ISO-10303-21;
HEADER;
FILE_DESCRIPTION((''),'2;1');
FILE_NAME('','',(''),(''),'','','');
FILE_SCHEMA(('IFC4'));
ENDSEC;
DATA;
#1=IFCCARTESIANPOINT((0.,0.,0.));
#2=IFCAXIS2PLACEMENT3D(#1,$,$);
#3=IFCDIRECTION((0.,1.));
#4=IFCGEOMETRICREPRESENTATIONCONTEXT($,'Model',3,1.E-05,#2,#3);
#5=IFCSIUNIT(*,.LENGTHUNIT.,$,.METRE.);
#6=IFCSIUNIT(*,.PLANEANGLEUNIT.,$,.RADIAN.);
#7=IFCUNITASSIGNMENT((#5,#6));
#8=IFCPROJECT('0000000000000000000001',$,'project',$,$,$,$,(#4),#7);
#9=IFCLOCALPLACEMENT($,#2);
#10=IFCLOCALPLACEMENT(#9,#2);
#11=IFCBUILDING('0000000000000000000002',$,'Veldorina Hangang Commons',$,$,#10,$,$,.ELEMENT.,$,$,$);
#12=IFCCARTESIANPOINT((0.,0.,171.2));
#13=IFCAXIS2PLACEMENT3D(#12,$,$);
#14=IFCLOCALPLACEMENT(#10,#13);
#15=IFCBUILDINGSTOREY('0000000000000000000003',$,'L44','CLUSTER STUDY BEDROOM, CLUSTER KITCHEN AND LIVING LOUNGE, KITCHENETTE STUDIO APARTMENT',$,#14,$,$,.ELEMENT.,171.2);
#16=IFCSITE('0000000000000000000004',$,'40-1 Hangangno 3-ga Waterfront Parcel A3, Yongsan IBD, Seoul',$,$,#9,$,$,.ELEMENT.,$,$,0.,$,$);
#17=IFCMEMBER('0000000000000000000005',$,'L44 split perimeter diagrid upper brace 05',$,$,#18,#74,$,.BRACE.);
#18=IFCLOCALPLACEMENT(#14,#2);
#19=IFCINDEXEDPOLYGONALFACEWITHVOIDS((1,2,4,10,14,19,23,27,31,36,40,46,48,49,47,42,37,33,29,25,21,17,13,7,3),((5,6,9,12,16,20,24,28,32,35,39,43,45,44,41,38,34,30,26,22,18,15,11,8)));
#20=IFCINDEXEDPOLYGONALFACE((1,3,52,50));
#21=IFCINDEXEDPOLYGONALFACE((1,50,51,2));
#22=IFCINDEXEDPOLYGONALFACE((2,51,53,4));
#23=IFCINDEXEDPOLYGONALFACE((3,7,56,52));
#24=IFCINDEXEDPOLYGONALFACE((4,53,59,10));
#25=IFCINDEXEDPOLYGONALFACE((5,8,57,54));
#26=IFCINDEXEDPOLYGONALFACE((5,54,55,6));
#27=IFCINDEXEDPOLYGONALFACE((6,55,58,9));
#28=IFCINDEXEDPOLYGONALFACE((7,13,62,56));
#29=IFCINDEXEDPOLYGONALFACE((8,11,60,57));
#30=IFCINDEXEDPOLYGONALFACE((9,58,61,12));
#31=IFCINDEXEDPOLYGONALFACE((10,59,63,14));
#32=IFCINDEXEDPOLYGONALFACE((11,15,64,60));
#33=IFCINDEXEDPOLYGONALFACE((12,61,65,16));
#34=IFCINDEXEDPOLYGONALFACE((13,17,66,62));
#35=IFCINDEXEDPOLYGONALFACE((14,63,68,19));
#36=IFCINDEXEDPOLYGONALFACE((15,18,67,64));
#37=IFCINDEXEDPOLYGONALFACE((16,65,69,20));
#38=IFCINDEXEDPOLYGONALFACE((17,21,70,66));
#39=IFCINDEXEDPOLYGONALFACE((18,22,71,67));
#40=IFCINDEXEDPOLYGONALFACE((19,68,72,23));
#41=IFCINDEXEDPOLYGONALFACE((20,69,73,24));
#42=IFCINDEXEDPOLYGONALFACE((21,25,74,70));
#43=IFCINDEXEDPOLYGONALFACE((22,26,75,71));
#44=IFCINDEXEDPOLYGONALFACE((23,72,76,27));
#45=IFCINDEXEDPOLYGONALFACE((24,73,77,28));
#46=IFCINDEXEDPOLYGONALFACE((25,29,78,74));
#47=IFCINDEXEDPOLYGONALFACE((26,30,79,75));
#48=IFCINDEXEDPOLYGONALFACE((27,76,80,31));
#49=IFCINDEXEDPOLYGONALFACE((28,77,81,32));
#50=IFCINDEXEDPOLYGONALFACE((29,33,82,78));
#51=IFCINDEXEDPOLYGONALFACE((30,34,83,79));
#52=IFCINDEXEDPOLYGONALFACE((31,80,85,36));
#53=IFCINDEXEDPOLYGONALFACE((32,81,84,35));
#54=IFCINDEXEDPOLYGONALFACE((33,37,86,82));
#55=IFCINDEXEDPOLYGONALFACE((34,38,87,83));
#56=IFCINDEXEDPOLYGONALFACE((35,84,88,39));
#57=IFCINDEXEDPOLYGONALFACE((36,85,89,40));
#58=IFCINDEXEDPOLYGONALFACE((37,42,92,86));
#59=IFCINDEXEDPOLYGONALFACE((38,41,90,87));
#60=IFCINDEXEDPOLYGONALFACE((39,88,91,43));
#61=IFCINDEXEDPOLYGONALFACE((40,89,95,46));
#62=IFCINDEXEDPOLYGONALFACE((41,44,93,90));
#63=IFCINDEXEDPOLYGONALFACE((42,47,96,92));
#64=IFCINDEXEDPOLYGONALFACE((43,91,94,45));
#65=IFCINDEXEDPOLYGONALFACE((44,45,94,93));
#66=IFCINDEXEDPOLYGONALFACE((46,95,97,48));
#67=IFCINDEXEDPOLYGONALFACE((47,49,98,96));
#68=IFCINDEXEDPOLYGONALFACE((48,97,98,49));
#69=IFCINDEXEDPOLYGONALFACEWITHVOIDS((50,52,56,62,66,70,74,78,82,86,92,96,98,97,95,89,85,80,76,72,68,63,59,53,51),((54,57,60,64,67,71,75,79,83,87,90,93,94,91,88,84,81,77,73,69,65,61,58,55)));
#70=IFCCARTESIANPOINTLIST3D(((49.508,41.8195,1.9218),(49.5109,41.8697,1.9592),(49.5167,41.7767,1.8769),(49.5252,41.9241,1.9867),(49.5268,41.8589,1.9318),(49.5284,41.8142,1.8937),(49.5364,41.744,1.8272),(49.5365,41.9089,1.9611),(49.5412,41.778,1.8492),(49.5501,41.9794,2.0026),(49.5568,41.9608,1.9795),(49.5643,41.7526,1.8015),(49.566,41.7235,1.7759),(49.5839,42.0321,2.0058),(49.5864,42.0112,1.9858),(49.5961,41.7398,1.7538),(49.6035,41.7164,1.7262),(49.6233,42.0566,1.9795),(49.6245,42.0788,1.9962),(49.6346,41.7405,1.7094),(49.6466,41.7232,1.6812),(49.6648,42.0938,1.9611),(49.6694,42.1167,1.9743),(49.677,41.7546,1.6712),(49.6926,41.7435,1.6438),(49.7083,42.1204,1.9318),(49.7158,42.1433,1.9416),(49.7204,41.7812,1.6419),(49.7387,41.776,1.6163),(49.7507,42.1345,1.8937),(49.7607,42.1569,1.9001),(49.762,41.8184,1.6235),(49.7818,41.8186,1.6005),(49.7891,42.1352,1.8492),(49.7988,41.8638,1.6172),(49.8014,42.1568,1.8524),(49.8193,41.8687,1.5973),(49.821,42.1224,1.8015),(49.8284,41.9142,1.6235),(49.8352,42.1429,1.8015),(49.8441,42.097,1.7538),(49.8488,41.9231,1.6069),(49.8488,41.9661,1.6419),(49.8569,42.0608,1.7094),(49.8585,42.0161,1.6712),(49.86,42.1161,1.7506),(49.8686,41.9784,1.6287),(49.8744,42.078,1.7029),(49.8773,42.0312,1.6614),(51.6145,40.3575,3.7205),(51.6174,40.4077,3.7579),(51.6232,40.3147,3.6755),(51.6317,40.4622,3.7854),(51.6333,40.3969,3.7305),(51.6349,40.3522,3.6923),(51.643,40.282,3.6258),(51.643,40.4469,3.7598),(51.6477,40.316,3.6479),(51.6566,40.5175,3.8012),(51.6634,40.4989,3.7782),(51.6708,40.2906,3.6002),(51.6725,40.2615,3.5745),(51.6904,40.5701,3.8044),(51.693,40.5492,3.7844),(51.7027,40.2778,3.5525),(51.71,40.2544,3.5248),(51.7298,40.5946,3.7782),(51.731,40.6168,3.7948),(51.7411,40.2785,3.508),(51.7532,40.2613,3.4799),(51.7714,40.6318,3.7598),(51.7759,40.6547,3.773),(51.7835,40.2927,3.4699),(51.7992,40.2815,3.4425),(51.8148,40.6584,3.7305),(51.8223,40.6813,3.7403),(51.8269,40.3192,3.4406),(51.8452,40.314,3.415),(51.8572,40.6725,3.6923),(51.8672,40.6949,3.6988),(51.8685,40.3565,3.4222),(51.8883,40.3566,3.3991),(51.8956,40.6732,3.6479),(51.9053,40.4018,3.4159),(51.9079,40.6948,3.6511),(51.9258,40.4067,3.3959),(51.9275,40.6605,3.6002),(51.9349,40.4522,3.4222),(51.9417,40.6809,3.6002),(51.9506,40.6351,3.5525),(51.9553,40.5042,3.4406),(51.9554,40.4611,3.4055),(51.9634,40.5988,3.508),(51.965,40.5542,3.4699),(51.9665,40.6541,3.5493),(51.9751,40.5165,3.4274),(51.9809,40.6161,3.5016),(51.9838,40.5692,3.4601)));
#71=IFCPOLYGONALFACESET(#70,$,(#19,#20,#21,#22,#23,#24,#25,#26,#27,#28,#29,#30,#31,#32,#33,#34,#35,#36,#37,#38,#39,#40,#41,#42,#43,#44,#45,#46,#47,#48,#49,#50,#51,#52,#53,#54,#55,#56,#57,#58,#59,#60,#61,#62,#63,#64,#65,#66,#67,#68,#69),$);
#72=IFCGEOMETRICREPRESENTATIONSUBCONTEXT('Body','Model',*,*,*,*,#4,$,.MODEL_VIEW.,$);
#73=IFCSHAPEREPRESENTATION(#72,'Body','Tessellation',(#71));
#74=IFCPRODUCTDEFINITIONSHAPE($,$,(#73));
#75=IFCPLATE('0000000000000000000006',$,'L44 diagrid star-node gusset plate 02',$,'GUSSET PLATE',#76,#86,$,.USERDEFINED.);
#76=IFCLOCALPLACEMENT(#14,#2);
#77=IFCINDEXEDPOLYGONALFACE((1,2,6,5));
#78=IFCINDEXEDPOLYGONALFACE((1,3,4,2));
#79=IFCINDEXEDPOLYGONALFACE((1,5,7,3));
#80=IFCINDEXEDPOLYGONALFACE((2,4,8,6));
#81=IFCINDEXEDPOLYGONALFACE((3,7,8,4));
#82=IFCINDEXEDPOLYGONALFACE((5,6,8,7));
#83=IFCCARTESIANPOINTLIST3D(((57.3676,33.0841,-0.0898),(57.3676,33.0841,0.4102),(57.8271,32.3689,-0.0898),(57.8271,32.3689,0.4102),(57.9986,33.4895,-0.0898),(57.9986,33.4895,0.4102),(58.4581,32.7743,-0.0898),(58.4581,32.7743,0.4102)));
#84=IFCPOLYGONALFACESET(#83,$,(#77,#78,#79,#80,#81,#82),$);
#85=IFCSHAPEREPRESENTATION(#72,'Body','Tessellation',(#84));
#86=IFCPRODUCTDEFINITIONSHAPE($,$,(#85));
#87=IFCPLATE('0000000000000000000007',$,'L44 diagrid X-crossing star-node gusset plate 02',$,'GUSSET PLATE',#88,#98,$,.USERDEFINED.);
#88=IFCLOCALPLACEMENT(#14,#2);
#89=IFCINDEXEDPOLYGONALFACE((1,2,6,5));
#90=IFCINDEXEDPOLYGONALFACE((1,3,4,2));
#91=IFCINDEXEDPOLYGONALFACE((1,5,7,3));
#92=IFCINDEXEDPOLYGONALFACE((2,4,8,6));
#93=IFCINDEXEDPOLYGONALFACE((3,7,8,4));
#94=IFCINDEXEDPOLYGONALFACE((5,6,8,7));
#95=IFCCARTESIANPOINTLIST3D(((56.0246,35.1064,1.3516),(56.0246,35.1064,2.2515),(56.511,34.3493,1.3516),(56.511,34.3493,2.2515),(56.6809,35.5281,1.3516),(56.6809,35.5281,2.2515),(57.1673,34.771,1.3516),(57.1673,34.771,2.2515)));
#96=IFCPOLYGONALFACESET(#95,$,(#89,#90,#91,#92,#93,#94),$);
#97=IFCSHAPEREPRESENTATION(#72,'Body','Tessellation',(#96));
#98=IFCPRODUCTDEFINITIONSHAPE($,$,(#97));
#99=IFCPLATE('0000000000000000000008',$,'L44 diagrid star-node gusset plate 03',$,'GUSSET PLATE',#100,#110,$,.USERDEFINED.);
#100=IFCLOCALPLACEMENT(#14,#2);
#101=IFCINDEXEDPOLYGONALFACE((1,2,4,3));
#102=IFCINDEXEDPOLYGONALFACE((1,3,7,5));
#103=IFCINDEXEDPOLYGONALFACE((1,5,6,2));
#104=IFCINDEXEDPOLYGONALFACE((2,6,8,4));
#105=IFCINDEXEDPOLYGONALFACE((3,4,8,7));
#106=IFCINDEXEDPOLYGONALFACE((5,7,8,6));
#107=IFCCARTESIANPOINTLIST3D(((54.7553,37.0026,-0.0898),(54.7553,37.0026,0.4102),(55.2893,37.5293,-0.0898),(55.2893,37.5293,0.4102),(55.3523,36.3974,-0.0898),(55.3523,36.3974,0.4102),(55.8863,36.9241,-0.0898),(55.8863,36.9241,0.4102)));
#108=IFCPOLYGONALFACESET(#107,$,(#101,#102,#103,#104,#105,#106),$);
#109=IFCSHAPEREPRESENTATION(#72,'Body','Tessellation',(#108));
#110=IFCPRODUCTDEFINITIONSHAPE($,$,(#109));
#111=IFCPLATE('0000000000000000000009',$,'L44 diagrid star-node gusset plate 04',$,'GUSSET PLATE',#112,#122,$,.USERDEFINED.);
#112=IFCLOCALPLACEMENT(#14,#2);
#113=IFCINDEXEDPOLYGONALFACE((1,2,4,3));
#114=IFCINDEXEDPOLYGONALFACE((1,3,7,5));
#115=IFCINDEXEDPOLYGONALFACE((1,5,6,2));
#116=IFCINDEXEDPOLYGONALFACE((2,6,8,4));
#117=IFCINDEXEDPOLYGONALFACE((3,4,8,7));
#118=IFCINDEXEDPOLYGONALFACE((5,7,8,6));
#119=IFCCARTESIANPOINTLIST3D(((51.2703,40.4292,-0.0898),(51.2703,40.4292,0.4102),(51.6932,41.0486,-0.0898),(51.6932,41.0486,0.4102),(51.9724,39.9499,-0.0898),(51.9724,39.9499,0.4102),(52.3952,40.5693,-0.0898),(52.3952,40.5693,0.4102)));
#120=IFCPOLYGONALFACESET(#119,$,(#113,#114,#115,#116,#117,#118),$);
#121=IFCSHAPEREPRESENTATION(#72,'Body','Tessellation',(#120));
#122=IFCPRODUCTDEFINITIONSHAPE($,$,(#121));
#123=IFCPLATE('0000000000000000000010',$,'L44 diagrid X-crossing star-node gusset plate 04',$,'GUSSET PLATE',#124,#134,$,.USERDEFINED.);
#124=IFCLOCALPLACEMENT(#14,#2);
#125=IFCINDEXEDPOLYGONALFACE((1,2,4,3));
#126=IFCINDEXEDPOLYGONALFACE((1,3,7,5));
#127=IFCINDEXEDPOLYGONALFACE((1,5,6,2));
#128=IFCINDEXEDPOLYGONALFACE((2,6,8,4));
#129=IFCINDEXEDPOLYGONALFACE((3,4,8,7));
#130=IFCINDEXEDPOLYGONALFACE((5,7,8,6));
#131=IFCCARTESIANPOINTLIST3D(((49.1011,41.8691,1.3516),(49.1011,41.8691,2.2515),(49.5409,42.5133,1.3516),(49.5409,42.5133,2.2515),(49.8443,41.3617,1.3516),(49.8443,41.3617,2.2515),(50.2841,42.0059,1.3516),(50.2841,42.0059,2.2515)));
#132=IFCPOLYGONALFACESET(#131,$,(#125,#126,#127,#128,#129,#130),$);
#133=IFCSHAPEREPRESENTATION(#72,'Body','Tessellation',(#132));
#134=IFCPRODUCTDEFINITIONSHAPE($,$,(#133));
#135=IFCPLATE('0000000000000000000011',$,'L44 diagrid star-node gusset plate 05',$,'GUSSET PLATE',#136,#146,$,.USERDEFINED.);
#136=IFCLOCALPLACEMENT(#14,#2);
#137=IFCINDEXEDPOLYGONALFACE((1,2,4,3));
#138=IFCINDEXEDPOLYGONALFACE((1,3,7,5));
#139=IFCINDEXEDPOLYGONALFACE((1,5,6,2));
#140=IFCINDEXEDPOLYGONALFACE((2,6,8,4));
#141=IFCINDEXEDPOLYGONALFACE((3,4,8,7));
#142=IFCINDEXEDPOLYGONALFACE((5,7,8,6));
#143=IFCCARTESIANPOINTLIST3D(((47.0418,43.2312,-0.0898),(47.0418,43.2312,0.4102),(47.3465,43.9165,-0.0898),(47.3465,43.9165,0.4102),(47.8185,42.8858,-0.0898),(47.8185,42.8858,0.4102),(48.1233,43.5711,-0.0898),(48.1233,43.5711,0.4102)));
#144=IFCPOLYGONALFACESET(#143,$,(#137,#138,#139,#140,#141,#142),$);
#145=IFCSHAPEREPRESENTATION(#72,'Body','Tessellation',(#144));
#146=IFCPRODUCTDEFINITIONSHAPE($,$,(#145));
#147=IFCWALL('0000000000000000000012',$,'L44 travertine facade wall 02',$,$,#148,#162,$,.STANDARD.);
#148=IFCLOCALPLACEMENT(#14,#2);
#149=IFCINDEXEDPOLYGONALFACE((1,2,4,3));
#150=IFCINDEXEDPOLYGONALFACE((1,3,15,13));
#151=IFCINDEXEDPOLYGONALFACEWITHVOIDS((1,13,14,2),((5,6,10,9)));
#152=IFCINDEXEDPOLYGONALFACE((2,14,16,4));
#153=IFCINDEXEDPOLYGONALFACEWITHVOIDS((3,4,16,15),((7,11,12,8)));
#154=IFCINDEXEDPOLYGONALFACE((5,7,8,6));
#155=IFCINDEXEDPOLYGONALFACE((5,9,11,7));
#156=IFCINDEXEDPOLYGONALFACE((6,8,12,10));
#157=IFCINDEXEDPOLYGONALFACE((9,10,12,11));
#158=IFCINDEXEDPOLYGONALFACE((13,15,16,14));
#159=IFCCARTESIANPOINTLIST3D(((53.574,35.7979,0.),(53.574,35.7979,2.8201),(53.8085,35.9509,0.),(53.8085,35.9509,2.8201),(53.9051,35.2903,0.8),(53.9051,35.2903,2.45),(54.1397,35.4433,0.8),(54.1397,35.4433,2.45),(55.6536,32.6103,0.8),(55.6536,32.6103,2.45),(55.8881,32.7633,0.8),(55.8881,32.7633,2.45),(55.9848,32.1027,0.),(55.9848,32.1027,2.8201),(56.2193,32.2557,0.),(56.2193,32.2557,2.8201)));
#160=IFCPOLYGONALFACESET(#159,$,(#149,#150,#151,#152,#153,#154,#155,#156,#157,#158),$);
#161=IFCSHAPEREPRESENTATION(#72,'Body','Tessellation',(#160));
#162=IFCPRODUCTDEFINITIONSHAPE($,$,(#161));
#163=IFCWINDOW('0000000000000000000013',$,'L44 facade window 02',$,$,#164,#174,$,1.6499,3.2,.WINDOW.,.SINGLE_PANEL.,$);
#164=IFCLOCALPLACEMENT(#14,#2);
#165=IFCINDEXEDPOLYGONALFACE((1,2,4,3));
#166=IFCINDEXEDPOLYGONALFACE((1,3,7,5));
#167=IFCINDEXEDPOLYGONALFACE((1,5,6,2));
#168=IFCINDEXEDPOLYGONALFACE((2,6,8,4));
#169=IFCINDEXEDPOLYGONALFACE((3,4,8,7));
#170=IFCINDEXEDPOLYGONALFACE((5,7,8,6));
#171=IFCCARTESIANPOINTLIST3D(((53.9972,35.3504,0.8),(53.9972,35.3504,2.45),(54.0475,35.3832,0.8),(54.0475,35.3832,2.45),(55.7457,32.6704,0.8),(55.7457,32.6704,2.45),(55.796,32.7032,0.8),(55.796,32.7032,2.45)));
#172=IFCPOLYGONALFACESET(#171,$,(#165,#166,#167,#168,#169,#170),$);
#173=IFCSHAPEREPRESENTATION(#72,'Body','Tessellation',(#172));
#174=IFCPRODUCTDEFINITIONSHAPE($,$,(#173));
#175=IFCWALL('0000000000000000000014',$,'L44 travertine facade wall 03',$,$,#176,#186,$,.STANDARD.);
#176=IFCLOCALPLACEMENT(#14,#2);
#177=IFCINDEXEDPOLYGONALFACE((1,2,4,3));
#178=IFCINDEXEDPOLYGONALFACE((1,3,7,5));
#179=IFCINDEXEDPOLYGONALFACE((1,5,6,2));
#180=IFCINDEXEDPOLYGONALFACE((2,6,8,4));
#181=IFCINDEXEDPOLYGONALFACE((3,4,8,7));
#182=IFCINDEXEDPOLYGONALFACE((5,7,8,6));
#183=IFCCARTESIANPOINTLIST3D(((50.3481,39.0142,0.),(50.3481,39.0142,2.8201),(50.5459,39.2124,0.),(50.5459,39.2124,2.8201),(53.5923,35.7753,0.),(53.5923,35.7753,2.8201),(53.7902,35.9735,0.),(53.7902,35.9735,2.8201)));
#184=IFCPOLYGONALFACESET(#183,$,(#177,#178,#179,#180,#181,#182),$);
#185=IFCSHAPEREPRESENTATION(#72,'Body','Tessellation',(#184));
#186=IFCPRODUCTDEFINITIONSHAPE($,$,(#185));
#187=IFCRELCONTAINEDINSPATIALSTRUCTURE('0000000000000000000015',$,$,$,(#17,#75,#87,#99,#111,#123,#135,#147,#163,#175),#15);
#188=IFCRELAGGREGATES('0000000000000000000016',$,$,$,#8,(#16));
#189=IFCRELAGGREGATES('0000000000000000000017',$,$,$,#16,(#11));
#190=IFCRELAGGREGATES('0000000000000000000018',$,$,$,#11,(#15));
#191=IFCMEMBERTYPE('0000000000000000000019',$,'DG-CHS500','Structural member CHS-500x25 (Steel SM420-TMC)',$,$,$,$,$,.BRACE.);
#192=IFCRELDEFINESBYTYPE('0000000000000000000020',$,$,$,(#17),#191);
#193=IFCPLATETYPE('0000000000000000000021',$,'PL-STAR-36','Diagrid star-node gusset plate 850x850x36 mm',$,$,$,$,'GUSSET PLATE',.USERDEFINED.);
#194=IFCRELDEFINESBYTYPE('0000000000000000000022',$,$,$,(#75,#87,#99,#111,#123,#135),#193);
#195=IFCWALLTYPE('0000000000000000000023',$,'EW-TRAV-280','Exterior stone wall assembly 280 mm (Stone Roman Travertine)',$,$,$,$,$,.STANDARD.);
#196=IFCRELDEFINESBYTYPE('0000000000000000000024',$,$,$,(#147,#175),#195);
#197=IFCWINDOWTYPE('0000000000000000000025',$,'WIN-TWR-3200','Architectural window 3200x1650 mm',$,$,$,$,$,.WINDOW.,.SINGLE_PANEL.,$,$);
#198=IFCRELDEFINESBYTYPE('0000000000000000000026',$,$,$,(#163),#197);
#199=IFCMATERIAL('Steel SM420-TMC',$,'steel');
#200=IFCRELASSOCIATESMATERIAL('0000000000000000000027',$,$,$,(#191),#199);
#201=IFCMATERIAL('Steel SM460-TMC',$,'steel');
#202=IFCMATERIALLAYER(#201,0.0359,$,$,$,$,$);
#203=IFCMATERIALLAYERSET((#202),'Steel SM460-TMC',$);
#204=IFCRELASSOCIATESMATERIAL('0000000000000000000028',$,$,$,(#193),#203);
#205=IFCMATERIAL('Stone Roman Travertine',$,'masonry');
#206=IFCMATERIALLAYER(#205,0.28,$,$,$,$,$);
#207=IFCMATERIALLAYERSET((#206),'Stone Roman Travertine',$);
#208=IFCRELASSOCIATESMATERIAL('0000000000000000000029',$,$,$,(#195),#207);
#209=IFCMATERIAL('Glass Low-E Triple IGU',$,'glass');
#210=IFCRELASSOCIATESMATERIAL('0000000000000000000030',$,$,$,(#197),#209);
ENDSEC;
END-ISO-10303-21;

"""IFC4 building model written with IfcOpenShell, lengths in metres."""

from ifc_helpers import new_model, si_unit, direction, frame, frame_2d, origin, origin_2d, place, context, subcontext, project, spatial, rectangle, hollow_circle, extrude, material, layer, layer_set, material_profile, profile_set, type_object, element, fill, save


model = new_model("IFC4")

# Units and contexts
model_context = context("Model", 3, precision=1e-05, world=origin(), true_north=direction((0.0, 1.0)))
body_context = subcontext(model_context, "Body", "Model", "MODEL_VIEW")
ifc_project = project(units=[si_unit("LENGTHUNIT", "METRE"), si_unit("PLANEANGLEUNIT", "RADIAN")], contexts=[model_context])

# Site, building, storey
site_placement = place(None, origin())
site = spatial("IfcSite", under=ifc_project, at=site_placement, Name="40-1 Hangangno 3-ga Waterfront Parcel A3, Yongsan IBD, Seoul", CompositionType="ELEMENT", RefElevation=0.0)
building_placement = place(site_placement, origin())
building = spatial("IfcBuilding", under=site, at=building_placement, Name="Veldorina Hangang Commons", CompositionType="ELEMENT")
storey_placement = place(building_placement, frame((0.0, 0.0, 171.2)))
storey = spatial("IfcBuildingStorey", under=building, at=storey_placement, Name="L44", Description="CLUSTER STUDY BEDROOM, CLUSTER KITCHEN AND LIVING LOUNGE, KITCHENETTE STUDIO APARTMENT", CompositionType="ELEMENT", Elevation=171.2)

# Shared definitions
ifc_material_1 = material(Name="Steel SM420-TMC", Category="steel")

# Member
ifc_material_profile_1 = material_profile(ifc_material_1, hollow_circle(Radius=0.25, WallThickness=0.0249, at=origin_2d()), Name="CHS-500x25")
ifc_profile_set_1 = profile_set([ifc_material_profile_1], Name="Steel SM420-TMC")
member_type = type_object("IfcMemberType", Name="DG-CHS500", Description="Structural member CHS-500x25 (Steel SM420-TMC)", PredefinedType="BRACE", material=ifc_profile_set_1)
member_1_placement = place(storey_placement, frame((49.6926, 41.9375, 1.8015), z_axis=(0.672563, -0.466772, 0.574267), x_axis=(0.57016, 0.821534, 0.0)))
element("IfcMember", 1, at=member_1_placement, inside=storey, type_object=member_type, Name="L44 split perimeter diagrid upper brace 05", PredefinedType="BRACE", context=body_context, shape_type="SweptSolid", body=[
    extrude(hollow_circle(Radius=0.25, WallThickness=0.0249, at=origin_2d()), origin(), (0.0, 0.0, 1.0), 3.1321),
])

# Plates
ifc_material_2 = material(Name="Steel SM460-TMC", Category="steel")
ifc_layer_1 = layer(ifc_material_2, 0.0359)
ifc_layer_set_1 = layer_set([ifc_layer_1], Name="Steel SM460-TMC")
plate_type = type_object("IfcPlateType", Name="PL-STAR-36", Description="Diagrid star-node gusset plate 850x850x36 mm", ElementType="GUSSET PLATE", PredefinedType="USERDEFINED", material=ifc_layer_set_1)
plate_1_placement = place(storey_placement, frame((57.9128, 32.9292, -0.0898), z_axis=(0.0, 0.0, 1.0), x_axis=(-0.540549, 0.841313, 0.0)))
element("IfcPlate", 2, at=plate_1_placement, inside=storey, type_object=plate_type, Name="L44 diagrid star-node gusset plate 02", ObjectType="GUSSET PLATE", PredefinedType="USERDEFINED", context=body_context, shape_type="SweptSolid", body=[
    extrude(rectangle(XDim=0.8501, YDim=0.75, at=origin_2d()), origin(), (0.0, 0.0, 1.0), 0.5),
])
plate_2_placement = place(storey_placement, frame((56.5959, 34.9387, 1.3516), z_axis=(0.0, 0.0, 1.0), x_axis=(-0.540549, 0.841313, 0.0)))
element("IfcPlate", 3, at=plate_2_placement, inside=storey, type_object=plate_type, Name="L44 diagrid X-crossing star-node gusset plate 02", ObjectType="GUSSET PLATE", PredefinedType="USERDEFINED", context=body_context, shape_type="SweptSolid", body=[
    extrude(rectangle(XDim=0.8999, YDim=0.78, at=origin_2d()), origin(), (0.0, 0.0, 1.0), 0.8999),
])
for number, where, z_axis, x_axis, name in (
    (4, (55.3208, 36.9634, -0.0898), (0.0, 0.0, 1.0), (-0.702277, 0.711903, 0.0), "L44 diagrid star-node gusset plate 03"),
    (5, (51.8328, 40.4993, -0.0898), (0.0, 0.0, 1.0), (-0.825882, 0.563843, 0.0), "L44 diagrid star-node gusset plate 04"),
):
    element("IfcPlate", number, at=place(storey_placement, frame(where, z_axis=z_axis, x_axis=x_axis)), inside=storey, type_object=plate_type, Name=name, ObjectType="GUSSET PLATE", PredefinedType="USERDEFINED", context=body_context, shape_type="SweptSolid", body=[
        extrude(rectangle(XDim=0.8501, YDim=0.75, at=origin_2d()), origin(), (0.0, 0.0, 1.0), 0.5),
    ])
plate_3_placement = place(storey_placement, frame((49.6926, 41.9375, 1.3516), z_axis=(0.0, 0.0, 1.0), x_axis=(-0.825882, 0.563843, 0.0)))
element("IfcPlate", 6, at=plate_3_placement, inside=storey, type_object=plate_type, Name="L44 diagrid X-crossing star-node gusset plate 04", ObjectType="GUSSET PLATE", PredefinedType="USERDEFINED", context=body_context, shape_type="SweptSolid", body=[
    extrude(rectangle(XDim=0.8999, YDim=0.78, at=origin_2d()), origin(), (0.0, 0.0, 1.0), 0.8999),
])
plate_4_placement = place(storey_placement, frame((47.5825, 43.4011, -0.0898), z_axis=(0.0, 0.0, 1.0), x_axis=(-0.913737, 0.406306, 0.0)))
element("IfcPlate", 7, at=plate_4_placement, inside=storey, type_object=plate_type, Name="L44 diagrid star-node gusset plate 05", ObjectType="GUSSET PLATE", PredefinedType="USERDEFINED", context=body_context, shape_type="SweptSolid", body=[
    extrude(rectangle(XDim=0.8501, YDim=0.75, at=origin_2d()), origin(), (0.0, 0.0, 1.0), 0.5),
])

# Wall, opening, window
ifc_material_3 = material(Name="Stone Roman Travertine", Category="masonry")
ifc_layer_2 = layer(ifc_material_3, 0.28)
ifc_layer_set_2 = layer_set([ifc_layer_2], Name="Stone Roman Travertine")
wall_type_1 = type_object("IfcWallType", Name="EW-TRAV-280", Description="Exterior stone wall assembly 280 mm (Stone Roman Travertine)", PredefinedType="STANDARD", material=ifc_layer_set_2)
wall_1_placement = place(storey_placement, frame((56.1021, 32.1792, 0.0), z_axis=(0.0, 0.0, 1.0), x_axis=(-0.546411, 0.837517, 0.0)))
wall_1 = element("IfcWall", 8, at=wall_1_placement, inside=storey, type_object=wall_type_1, Name="L44 travertine facade wall 02", PredefinedType="STANDARD", context=body_context, shape_type="SweptSolid", body=[
    extrude(rectangle(XDim=4.4121, YDim=0.28, at=frame_2d((2.2061, 0.0))), origin(), (0.0, 0.0, 1.0), 2.8201),
])
opening_1_placement = place(wall_1_placement, frame((0.606, 0.0, 0.8)))
opening_1 = element("IfcOpeningElement", 9, at=opening_1_placement, cuts=wall_1, PredefinedType="OPENING", context=body_context, shape_type="SweptSolid", body=[
    extrude(rectangle(XDim=3.2, YDim=1.6499, at=frame_2d((1.6001, 0.825))), frame((0.0, 0.1499, 0.0), z_axis=(0.0, -1.0, 0.0), x_axis=(1.0, 0.0, 0.0)), (0.0, 0.0, 1.0), 0.3),
])
ifc_material_4 = material(Name="Glass Low-E Triple IGU", Category="glass")
window_type = type_object("IfcWindowType", Name="WIN-TWR-3200", Description="Architectural window 3200x1650 mm", PartitioningType="SINGLE_PANEL", PredefinedType="WINDOW", material=ifc_material_4)
window_1_placement = place(opening_1_placement, origin())
window_1 = element("IfcWindow", 10, at=window_1_placement, inside=storey, type_object=window_type, Name="L44 facade window 02", OverallHeight=1.6499, OverallWidth=3.2, PartitioningType="SINGLE_PANEL", PredefinedType="WINDOW", context=body_context, shape_type="SweptSolid", body=[
    extrude(rectangle(XDim=3.2, YDim=1.6499, at=frame_2d((1.6001, 0.825))), frame((0.0, 0.03, 0.0), z_axis=(0.0, -1.0, 0.0), x_axis=(1.0, 0.0, 0.0)), (0.0, 0.0, 1.0), 0.0601),
])
fill(opening_1, window_1)

# Wall
wall_2_placement = place(storey_placement, frame((53.6912, 35.8745, 0.0), z_axis=(0.0, 0.0, 1.0), x_axis=(-0.707692, 0.706521, 0.0)))
element("IfcWall", 11, at=wall_2_placement, inside=storey, type_object=wall_type_1, Name="L44 travertine facade wall 03", PredefinedType="STANDARD", context=body_context, shape_type="SweptSolid", body=[
    extrude(rectangle(XDim=4.5842, YDim=0.28, at=frame_2d((2.292, 0.0))), origin(), (0.0, 0.0, 1.0), 2.8201),
])

save(model, "model.ifc")
